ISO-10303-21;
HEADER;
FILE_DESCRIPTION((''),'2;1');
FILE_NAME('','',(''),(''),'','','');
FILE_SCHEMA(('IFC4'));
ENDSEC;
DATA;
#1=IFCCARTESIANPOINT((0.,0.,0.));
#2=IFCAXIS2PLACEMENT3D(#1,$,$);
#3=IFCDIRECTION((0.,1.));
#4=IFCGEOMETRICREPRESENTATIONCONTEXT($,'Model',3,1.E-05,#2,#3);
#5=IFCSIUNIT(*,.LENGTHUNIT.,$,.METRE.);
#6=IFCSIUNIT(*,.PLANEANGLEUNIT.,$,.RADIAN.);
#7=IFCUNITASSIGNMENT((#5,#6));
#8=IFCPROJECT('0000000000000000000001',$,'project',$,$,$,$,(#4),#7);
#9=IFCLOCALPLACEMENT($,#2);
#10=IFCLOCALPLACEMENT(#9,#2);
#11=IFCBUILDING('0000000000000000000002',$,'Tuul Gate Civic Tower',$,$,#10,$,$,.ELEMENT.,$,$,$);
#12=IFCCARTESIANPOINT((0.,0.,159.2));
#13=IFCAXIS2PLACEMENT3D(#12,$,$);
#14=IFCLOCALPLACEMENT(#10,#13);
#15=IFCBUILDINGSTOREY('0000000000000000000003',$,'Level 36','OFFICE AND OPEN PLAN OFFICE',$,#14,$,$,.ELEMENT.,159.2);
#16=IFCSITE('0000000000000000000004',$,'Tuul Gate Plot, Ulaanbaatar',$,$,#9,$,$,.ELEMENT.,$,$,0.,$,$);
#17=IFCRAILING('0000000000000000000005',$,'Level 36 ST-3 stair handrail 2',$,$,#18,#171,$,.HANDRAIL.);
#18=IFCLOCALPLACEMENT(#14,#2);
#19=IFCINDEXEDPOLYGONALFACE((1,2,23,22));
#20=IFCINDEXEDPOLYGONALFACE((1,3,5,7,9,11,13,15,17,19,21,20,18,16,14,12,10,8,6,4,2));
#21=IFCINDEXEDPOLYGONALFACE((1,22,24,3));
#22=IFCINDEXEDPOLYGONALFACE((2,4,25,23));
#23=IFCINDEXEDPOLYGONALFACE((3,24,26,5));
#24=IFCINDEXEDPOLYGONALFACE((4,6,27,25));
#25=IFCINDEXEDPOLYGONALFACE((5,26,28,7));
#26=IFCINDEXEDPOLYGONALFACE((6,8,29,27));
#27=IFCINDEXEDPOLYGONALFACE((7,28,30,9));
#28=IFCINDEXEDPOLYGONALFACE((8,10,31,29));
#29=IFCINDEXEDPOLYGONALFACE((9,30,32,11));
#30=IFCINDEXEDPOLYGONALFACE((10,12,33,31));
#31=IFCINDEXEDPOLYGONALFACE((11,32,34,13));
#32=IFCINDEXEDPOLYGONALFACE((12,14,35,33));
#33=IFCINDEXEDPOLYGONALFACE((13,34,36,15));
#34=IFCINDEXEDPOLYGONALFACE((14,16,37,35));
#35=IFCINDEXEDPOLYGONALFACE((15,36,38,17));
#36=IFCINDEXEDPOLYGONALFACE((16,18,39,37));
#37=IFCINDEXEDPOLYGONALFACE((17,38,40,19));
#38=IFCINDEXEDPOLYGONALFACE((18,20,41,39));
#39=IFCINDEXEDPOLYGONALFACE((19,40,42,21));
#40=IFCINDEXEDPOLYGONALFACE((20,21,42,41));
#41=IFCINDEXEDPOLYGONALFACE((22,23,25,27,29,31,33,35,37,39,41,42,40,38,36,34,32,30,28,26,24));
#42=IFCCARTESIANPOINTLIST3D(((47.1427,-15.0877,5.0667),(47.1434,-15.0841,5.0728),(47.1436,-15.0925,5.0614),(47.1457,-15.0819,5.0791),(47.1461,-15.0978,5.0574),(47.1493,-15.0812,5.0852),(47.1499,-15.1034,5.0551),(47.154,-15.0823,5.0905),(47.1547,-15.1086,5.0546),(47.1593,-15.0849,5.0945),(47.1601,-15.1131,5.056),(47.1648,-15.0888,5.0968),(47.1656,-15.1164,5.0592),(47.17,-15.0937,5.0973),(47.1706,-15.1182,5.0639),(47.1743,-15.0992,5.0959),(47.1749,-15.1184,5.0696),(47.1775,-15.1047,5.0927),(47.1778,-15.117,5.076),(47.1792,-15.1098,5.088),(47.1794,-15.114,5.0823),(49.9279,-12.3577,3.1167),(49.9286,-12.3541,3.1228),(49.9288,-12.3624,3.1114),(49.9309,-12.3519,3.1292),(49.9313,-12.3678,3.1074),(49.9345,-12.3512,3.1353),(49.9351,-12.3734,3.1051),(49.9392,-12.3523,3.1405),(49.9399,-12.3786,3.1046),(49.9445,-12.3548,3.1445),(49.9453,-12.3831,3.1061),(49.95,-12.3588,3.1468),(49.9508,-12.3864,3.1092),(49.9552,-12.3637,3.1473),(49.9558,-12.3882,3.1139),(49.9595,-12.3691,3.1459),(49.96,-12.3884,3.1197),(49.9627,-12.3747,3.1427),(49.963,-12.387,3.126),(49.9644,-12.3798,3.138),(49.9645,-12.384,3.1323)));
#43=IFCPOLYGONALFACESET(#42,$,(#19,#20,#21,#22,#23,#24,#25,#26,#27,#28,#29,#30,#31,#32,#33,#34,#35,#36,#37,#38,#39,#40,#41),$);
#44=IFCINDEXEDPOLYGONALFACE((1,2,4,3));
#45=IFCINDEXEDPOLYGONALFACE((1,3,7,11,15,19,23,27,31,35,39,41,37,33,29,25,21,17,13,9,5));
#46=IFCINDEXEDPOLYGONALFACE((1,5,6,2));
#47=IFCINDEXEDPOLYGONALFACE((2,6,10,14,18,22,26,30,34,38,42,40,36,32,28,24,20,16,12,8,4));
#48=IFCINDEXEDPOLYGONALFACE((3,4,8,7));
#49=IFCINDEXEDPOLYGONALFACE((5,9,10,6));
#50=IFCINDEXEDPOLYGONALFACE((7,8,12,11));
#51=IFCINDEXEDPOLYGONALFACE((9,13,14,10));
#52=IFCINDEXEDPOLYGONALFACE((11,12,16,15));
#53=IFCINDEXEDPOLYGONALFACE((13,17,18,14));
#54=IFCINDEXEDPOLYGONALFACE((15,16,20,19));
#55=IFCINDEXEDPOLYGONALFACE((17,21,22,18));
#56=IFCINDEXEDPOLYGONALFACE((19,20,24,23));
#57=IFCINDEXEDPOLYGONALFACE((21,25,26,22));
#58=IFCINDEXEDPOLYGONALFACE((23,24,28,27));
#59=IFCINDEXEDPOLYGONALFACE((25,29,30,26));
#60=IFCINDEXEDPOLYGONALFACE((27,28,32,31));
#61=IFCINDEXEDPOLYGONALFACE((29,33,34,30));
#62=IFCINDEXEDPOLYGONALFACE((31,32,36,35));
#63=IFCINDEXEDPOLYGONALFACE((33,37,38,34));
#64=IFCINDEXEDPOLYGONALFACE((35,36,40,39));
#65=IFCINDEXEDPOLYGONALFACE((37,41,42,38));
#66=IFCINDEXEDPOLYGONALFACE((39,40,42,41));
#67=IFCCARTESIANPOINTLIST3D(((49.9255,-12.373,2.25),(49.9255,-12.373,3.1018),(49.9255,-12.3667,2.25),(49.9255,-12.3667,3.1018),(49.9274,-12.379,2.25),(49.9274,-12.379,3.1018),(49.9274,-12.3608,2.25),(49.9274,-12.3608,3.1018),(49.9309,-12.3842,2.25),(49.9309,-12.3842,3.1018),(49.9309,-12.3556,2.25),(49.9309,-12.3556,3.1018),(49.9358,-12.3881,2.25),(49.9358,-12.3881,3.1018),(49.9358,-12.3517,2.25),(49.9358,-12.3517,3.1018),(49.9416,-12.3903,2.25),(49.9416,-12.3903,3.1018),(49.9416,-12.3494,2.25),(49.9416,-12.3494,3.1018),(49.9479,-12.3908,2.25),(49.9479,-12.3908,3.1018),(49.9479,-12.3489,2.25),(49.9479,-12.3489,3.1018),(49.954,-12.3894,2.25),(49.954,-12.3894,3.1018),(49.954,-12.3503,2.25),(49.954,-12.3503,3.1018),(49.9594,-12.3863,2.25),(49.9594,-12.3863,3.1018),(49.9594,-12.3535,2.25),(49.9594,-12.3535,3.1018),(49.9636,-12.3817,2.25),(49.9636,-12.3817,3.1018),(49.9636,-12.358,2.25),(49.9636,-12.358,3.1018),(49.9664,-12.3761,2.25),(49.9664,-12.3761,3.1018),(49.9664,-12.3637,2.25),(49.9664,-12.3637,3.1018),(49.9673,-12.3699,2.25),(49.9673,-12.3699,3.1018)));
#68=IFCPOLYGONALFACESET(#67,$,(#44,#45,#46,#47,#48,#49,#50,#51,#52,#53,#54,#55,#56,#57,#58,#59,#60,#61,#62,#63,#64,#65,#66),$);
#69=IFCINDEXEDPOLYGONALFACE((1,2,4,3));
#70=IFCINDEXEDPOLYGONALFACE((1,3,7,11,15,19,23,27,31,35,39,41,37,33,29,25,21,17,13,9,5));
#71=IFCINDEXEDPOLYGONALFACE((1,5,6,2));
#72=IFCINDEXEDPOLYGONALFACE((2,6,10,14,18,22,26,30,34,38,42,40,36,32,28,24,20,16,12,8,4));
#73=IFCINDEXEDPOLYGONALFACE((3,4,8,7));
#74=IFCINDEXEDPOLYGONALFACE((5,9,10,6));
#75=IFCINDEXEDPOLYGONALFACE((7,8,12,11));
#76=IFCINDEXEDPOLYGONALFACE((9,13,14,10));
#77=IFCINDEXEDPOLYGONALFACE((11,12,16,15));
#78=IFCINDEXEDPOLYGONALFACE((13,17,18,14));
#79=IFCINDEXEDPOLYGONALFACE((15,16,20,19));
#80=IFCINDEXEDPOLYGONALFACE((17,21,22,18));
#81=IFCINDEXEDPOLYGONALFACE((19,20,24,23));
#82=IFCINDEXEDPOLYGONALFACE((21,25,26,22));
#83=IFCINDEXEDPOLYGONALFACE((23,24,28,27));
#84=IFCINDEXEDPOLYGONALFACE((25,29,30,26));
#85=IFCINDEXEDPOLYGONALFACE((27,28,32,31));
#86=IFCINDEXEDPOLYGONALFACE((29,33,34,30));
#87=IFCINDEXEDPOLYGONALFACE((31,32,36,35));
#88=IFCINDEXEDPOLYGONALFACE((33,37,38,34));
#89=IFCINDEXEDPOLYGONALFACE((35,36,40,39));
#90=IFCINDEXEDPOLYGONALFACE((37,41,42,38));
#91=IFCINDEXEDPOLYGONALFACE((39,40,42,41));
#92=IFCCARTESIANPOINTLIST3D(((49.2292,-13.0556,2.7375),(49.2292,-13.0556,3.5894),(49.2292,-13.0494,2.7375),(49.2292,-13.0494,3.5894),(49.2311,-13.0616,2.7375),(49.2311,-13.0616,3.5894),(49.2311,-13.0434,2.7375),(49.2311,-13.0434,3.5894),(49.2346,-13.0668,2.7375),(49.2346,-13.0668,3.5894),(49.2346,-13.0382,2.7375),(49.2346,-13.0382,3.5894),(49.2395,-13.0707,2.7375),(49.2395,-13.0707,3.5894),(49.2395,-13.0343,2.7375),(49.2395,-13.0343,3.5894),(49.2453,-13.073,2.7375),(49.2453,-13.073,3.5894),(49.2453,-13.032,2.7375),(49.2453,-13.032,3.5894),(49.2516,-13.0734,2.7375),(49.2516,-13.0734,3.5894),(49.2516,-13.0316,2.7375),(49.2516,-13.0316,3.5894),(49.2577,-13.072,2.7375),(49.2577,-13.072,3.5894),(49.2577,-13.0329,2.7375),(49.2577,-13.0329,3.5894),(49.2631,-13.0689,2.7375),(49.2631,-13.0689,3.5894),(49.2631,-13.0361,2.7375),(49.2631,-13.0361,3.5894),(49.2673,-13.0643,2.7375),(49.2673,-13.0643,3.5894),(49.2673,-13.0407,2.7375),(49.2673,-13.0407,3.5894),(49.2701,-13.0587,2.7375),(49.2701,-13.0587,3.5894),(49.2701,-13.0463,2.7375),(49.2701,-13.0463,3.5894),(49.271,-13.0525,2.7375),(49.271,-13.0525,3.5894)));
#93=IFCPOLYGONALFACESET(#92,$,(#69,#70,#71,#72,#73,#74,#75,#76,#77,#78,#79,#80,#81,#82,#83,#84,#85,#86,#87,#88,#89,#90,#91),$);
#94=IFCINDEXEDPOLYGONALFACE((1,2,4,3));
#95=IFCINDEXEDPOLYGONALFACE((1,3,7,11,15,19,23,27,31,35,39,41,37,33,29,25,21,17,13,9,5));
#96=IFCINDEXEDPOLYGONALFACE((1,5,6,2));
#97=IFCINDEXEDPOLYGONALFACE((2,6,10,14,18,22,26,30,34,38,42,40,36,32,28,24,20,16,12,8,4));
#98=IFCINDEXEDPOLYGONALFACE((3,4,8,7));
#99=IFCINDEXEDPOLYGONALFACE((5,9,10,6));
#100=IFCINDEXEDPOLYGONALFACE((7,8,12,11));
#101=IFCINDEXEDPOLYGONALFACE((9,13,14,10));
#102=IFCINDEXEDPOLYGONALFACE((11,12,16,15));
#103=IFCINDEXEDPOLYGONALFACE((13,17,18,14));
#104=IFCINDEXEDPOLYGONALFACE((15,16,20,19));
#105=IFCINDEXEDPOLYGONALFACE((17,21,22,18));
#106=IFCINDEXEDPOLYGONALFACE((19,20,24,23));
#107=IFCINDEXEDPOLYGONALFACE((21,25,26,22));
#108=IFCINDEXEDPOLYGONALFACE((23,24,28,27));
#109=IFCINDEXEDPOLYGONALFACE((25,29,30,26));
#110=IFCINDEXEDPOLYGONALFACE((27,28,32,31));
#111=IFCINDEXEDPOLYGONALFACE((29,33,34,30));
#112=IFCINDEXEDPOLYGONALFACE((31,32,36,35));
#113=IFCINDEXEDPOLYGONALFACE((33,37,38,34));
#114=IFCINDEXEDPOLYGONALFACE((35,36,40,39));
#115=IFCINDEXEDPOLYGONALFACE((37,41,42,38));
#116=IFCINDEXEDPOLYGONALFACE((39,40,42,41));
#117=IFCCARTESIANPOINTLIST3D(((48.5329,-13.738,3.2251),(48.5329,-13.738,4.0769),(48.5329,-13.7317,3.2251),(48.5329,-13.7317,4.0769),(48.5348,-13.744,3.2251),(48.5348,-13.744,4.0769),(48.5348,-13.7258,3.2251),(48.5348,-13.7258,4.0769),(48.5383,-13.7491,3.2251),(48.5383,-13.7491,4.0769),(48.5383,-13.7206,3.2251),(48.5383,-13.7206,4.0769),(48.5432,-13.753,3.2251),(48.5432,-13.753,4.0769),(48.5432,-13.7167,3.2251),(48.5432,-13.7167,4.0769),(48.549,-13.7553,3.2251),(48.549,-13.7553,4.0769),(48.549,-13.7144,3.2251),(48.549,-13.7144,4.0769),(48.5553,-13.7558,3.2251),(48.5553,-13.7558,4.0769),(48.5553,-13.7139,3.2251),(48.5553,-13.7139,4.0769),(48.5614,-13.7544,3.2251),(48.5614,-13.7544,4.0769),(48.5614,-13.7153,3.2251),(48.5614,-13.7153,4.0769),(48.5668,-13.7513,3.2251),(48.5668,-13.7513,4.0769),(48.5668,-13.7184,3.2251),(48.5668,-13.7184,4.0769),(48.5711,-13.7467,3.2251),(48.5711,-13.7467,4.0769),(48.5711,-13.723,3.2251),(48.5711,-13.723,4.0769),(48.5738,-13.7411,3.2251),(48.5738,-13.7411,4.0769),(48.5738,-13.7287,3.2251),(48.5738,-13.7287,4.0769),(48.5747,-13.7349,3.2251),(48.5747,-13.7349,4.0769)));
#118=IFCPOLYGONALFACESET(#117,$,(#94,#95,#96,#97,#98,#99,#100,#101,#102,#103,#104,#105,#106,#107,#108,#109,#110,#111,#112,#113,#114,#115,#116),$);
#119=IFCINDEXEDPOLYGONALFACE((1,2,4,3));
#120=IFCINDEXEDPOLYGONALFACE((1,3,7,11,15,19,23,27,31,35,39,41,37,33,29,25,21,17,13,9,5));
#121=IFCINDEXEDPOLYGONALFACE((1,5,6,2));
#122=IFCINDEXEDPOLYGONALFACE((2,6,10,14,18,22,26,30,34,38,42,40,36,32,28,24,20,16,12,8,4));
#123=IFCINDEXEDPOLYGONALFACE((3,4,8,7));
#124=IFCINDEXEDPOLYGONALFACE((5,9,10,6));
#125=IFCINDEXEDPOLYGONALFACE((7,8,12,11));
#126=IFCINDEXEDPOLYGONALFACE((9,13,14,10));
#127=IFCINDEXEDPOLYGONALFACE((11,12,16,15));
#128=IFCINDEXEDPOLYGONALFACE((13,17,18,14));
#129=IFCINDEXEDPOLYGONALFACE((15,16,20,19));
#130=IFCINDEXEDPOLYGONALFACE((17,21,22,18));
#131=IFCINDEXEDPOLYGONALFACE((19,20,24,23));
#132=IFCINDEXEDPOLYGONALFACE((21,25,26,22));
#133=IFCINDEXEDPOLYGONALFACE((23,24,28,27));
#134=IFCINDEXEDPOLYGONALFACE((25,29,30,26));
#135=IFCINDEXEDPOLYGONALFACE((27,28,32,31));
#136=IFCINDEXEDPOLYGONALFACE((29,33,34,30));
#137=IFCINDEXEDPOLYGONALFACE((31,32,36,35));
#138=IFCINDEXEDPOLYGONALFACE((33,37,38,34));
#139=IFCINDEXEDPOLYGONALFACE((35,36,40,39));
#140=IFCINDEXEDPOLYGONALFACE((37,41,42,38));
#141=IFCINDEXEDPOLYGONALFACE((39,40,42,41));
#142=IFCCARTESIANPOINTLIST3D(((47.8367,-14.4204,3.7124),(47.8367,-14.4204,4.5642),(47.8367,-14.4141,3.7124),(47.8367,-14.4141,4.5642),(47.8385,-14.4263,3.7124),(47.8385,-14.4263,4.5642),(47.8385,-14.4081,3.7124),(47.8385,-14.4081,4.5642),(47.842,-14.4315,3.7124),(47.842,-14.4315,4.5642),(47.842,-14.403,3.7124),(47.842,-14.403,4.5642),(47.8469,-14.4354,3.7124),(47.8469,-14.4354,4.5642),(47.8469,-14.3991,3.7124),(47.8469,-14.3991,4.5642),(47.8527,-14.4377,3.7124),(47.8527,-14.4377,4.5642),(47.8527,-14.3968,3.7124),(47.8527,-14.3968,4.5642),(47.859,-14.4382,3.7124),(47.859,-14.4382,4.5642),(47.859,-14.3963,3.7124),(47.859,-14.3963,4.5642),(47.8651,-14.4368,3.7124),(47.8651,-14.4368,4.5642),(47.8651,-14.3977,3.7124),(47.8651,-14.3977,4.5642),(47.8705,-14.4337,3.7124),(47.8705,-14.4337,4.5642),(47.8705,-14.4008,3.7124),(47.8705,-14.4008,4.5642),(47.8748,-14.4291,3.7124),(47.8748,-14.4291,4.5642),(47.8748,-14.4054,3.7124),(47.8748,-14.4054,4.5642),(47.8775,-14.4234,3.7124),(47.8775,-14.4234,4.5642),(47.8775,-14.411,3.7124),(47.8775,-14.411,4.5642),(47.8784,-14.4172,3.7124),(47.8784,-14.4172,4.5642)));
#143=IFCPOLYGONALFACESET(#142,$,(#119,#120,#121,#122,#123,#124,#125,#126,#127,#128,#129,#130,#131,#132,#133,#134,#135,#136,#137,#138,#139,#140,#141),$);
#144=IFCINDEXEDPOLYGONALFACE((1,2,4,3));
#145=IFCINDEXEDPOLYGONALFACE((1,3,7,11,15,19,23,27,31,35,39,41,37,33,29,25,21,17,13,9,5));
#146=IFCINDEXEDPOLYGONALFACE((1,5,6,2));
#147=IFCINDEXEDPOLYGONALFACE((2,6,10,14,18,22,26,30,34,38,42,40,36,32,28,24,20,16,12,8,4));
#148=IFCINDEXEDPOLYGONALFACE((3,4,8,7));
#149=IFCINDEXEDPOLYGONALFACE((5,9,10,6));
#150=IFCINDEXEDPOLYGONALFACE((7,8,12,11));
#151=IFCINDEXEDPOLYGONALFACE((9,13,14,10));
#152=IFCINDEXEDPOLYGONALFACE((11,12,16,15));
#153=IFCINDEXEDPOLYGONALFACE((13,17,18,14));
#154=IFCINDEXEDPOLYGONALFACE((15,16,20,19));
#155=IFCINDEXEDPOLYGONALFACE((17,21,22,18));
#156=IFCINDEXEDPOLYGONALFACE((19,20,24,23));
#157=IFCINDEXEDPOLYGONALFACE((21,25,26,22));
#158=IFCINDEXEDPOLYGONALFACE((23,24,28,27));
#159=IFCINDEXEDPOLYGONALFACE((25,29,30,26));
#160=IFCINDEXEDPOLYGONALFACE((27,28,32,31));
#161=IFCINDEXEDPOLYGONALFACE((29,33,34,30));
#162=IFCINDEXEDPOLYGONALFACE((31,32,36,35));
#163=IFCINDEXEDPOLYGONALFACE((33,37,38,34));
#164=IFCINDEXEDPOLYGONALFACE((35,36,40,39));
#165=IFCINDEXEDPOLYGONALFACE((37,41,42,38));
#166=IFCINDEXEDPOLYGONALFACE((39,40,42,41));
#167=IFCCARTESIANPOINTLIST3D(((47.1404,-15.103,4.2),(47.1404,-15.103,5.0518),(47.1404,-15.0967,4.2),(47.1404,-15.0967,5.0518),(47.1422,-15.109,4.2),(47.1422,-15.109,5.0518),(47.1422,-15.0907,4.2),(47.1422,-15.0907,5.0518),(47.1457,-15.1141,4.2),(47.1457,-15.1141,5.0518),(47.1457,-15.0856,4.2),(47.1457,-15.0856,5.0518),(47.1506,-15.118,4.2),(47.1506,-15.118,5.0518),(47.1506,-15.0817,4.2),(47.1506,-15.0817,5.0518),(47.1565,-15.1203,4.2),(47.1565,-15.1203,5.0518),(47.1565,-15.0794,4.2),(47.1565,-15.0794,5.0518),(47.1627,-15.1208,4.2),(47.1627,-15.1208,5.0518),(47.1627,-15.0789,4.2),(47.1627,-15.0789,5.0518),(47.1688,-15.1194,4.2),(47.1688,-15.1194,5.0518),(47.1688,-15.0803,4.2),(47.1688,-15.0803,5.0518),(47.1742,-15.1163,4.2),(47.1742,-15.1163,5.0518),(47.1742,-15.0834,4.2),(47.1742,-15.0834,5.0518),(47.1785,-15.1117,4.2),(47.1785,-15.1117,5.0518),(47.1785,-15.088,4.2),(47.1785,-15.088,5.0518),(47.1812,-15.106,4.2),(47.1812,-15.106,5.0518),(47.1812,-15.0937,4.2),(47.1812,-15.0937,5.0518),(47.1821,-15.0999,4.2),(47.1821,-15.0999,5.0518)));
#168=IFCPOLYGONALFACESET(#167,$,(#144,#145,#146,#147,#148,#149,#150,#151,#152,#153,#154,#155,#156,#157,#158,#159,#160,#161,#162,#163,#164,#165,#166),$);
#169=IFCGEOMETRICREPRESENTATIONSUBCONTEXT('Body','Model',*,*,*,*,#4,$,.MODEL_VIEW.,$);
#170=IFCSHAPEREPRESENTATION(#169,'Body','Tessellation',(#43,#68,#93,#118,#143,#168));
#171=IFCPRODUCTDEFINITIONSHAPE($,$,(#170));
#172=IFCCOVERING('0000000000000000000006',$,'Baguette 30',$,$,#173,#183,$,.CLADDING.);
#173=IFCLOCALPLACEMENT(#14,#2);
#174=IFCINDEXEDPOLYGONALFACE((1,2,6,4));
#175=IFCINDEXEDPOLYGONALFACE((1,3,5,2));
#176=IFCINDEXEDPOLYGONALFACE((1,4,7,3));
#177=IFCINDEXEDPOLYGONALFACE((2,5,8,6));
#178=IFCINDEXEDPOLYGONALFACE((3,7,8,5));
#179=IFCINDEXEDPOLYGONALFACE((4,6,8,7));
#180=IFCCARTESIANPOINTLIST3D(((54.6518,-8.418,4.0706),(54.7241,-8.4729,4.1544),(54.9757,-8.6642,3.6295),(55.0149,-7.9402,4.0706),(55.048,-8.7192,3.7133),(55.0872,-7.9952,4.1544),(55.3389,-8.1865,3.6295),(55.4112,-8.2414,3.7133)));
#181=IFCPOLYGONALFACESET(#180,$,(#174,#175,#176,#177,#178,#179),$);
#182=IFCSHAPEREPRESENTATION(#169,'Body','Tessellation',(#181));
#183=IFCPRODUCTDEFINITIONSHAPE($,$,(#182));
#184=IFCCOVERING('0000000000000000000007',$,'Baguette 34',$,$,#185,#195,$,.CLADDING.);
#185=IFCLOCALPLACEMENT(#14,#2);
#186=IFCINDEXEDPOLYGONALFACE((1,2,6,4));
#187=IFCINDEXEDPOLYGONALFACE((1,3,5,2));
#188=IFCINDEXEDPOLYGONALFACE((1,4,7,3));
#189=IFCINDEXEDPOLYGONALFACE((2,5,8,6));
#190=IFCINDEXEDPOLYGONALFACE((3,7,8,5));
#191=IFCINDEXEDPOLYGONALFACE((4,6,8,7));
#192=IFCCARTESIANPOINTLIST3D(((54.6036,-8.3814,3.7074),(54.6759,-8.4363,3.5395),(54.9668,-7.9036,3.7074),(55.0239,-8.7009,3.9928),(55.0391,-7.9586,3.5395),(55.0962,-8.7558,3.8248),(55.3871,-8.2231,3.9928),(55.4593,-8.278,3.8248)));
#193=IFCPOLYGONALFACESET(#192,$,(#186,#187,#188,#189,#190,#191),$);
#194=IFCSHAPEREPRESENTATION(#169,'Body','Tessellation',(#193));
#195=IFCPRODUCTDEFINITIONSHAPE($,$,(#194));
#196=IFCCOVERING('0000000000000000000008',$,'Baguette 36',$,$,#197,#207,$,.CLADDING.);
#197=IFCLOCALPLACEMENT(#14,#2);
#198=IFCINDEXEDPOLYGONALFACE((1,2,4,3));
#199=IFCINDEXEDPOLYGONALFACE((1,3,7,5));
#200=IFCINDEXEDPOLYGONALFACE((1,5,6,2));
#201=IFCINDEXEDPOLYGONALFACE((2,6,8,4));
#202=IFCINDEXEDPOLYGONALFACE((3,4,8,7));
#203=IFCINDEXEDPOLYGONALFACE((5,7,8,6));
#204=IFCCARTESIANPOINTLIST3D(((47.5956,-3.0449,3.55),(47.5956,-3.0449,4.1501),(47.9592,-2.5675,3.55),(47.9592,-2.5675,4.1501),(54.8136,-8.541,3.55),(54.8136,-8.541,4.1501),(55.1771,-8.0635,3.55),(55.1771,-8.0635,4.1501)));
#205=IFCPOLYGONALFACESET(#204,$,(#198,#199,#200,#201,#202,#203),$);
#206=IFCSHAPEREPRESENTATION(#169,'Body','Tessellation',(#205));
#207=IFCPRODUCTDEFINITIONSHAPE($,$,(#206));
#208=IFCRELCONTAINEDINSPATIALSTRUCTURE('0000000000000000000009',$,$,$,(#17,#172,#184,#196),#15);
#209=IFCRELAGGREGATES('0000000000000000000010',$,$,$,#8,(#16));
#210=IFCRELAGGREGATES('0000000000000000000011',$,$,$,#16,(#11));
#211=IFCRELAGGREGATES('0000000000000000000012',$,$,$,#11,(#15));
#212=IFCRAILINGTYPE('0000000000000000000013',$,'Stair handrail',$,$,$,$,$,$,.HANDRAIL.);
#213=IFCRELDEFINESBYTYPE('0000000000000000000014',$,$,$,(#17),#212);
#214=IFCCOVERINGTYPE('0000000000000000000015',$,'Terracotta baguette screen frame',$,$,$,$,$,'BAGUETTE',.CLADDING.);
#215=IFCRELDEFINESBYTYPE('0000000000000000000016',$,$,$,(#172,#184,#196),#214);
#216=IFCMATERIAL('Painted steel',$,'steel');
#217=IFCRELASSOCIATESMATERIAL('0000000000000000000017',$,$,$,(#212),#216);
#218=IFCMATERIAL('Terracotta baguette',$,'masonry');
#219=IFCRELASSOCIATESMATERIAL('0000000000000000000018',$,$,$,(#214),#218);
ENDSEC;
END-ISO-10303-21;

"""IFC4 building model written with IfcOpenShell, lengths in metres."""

from ifc_helpers import new_model, si_unit, direction, frame, origin, origin_2d, place, context, subcontext, project, spatial, rectangle, circle, extrude, material, material_profile, profile_set, type_object, element, save


model = new_model("IFC4")

# Units and contexts
model_context = context("Model", 3, precision=1e-05, world=origin(), true_north=direction((0.0, 1.0)))
body_context = subcontext(model_context, "Body", "Model", "MODEL_VIEW")
ifc_project = project(units=[si_unit("LENGTHUNIT", "METRE"), si_unit("PLANEANGLEUNIT", "RADIAN")], contexts=[model_context])

# Site, building, storey
site_placement = place(None, origin())
site = spatial("IfcSite", under=ifc_project, at=site_placement, Name="Tuul Gate Plot, Ulaanbaatar", CompositionType="ELEMENT", RefElevation=0.0)
building_placement = place(site_placement, origin())
building = spatial("IfcBuilding", under=site, at=building_placement, Name="Tuul Gate Civic Tower", CompositionType="ELEMENT")
storey_placement = place(building_placement, frame((0.0, 0.0, 159.2)))
storey = spatial("IfcBuildingStorey", under=building, at=storey_placement, Name="Level 36", Description="OFFICE AND OPEN PLAN OFFICE", CompositionType="ELEMENT", Elevation=159.2)

# Railing
ifc_material_1 = material(Name="Painted steel", Category="steel")
railing_type_1 = type_object("IfcRailingType", Name="Stair handrail", PredefinedType="HANDRAIL", material=ifc_material_1)
railing_1_placement = place(storey_placement, frame((49.9463, -12.3699, 2.25)))
element("IfcRailing", 1, at=railing_1_placement, inside=storey, type_object=railing_type_1, Name="Level 36 ST-3 stair handrail 2", PredefinedType="HANDRAIL", context=body_context, shape_type="SweptSolid", body=[
    extrude(circle(Radius=0.0239, at=origin_2d()), frame((0.0, 0.0, 0.876), z_axis=(-0.638754, -0.6261, 0.447206), x_axis=(0.699998, -0.714145, 0.0)), (0.0, 0.0, 1.0), 4.3604),
    extrude(circle(Radius=0.021, at=origin_2d()), origin(), (0.0, 0.0, 1.0), 0.8518),
    extrude(circle(Radius=0.021, at=origin_2d()), frame((-0.6963, -0.6826, 0.4875)), (0.0, 0.0, 1.0), 0.8518),
    extrude(circle(Radius=0.021, at=origin_2d()), frame((-1.3926, -1.365, 0.9751)), (0.0, 0.0, 1.0), 0.8518),
    extrude(circle(Radius=0.021, at=origin_2d()), frame((-2.0889, -2.0474, 1.4624)), (0.0, 0.0, 1.0), 0.8518),
    extrude(circle(Radius=0.021, at=origin_2d()), frame((-2.7852, -2.73, 1.95)), (0.0, 0.0, 1.0), 0.8518),
])

# Coverings
ifc_material_2 = material(Name="Terracotta baguette", Category="masonry")
ifc_material_profile_1 = material_profile(ifc_material_2, rectangle(XDim=0.6001, YDim=0.6001, at=origin_2d()), Name="Terracotta baguette screen frame")
ifc_profile_set_1 = profile_set([ifc_material_profile_1], Name="Terracotta baguette")
covering_type = type_object("IfcCoveringType", Name="Terracotta baguette screen frame", ElementType="BAGUETTE", PredefinedType="CLADDING", material=ifc_profile_set_1)
covering_1_placement = place(storey_placement, frame((55.0676, -8.3572, 3.9338), z_axis=(-0.585147, 0.444791, -0.678059), x_axis=(-0.605151, -0.79611, 0.0)))
element("IfcCovering", 2, at=covering_1_placement, inside=storey, type_object=covering_type, Name="Baguette 30", PredefinedType="CLADDING", context=body_context, shape_type="SweptSolid", body=[
    extrude(rectangle(XDim=0.6001, YDim=0.6001, at=origin_2d()), origin(), (0.0, 0.0, 1.0), 0.1235),
])
covering_2_placement = place(storey_placement, frame((54.9954, -8.3022, 3.8501), z_axis=(0.378498, -0.287709, -0.879752), x_axis=(0.605151, 0.79611, 0.0)))
element("IfcCovering", 3, at=covering_2_placement, inside=storey, type_object=covering_type, Name="Baguette 34", PredefinedType="CLADDING", context=body_context, shape_type="SweptSolid", body=[
    extrude(rectangle(XDim=0.6001, YDim=0.6001, at=origin_2d()), origin(), (0.0, 0.0, 1.0), 0.1909),
])
covering_3_placement = place(storey_placement, frame((54.9954, -8.3022, 3.8501), z_axis=(-0.79561, 0.60581, 0.0), x_axis=(-0.60581, -0.79561, 0.0)))
element("IfcCovering", 4, at=covering_3_placement, inside=storey, type_object=covering_type, Name="Baguette 36", PredefinedType="CLADDING", context=body_context, shape_type="SweptSolid", body=[
    extrude(rectangle(XDim=0.6001, YDim=0.6001, at=origin_2d()), origin(), (0.0, 0.0, 1.0), 9.0723),
])

save(model, "model.ifc")
